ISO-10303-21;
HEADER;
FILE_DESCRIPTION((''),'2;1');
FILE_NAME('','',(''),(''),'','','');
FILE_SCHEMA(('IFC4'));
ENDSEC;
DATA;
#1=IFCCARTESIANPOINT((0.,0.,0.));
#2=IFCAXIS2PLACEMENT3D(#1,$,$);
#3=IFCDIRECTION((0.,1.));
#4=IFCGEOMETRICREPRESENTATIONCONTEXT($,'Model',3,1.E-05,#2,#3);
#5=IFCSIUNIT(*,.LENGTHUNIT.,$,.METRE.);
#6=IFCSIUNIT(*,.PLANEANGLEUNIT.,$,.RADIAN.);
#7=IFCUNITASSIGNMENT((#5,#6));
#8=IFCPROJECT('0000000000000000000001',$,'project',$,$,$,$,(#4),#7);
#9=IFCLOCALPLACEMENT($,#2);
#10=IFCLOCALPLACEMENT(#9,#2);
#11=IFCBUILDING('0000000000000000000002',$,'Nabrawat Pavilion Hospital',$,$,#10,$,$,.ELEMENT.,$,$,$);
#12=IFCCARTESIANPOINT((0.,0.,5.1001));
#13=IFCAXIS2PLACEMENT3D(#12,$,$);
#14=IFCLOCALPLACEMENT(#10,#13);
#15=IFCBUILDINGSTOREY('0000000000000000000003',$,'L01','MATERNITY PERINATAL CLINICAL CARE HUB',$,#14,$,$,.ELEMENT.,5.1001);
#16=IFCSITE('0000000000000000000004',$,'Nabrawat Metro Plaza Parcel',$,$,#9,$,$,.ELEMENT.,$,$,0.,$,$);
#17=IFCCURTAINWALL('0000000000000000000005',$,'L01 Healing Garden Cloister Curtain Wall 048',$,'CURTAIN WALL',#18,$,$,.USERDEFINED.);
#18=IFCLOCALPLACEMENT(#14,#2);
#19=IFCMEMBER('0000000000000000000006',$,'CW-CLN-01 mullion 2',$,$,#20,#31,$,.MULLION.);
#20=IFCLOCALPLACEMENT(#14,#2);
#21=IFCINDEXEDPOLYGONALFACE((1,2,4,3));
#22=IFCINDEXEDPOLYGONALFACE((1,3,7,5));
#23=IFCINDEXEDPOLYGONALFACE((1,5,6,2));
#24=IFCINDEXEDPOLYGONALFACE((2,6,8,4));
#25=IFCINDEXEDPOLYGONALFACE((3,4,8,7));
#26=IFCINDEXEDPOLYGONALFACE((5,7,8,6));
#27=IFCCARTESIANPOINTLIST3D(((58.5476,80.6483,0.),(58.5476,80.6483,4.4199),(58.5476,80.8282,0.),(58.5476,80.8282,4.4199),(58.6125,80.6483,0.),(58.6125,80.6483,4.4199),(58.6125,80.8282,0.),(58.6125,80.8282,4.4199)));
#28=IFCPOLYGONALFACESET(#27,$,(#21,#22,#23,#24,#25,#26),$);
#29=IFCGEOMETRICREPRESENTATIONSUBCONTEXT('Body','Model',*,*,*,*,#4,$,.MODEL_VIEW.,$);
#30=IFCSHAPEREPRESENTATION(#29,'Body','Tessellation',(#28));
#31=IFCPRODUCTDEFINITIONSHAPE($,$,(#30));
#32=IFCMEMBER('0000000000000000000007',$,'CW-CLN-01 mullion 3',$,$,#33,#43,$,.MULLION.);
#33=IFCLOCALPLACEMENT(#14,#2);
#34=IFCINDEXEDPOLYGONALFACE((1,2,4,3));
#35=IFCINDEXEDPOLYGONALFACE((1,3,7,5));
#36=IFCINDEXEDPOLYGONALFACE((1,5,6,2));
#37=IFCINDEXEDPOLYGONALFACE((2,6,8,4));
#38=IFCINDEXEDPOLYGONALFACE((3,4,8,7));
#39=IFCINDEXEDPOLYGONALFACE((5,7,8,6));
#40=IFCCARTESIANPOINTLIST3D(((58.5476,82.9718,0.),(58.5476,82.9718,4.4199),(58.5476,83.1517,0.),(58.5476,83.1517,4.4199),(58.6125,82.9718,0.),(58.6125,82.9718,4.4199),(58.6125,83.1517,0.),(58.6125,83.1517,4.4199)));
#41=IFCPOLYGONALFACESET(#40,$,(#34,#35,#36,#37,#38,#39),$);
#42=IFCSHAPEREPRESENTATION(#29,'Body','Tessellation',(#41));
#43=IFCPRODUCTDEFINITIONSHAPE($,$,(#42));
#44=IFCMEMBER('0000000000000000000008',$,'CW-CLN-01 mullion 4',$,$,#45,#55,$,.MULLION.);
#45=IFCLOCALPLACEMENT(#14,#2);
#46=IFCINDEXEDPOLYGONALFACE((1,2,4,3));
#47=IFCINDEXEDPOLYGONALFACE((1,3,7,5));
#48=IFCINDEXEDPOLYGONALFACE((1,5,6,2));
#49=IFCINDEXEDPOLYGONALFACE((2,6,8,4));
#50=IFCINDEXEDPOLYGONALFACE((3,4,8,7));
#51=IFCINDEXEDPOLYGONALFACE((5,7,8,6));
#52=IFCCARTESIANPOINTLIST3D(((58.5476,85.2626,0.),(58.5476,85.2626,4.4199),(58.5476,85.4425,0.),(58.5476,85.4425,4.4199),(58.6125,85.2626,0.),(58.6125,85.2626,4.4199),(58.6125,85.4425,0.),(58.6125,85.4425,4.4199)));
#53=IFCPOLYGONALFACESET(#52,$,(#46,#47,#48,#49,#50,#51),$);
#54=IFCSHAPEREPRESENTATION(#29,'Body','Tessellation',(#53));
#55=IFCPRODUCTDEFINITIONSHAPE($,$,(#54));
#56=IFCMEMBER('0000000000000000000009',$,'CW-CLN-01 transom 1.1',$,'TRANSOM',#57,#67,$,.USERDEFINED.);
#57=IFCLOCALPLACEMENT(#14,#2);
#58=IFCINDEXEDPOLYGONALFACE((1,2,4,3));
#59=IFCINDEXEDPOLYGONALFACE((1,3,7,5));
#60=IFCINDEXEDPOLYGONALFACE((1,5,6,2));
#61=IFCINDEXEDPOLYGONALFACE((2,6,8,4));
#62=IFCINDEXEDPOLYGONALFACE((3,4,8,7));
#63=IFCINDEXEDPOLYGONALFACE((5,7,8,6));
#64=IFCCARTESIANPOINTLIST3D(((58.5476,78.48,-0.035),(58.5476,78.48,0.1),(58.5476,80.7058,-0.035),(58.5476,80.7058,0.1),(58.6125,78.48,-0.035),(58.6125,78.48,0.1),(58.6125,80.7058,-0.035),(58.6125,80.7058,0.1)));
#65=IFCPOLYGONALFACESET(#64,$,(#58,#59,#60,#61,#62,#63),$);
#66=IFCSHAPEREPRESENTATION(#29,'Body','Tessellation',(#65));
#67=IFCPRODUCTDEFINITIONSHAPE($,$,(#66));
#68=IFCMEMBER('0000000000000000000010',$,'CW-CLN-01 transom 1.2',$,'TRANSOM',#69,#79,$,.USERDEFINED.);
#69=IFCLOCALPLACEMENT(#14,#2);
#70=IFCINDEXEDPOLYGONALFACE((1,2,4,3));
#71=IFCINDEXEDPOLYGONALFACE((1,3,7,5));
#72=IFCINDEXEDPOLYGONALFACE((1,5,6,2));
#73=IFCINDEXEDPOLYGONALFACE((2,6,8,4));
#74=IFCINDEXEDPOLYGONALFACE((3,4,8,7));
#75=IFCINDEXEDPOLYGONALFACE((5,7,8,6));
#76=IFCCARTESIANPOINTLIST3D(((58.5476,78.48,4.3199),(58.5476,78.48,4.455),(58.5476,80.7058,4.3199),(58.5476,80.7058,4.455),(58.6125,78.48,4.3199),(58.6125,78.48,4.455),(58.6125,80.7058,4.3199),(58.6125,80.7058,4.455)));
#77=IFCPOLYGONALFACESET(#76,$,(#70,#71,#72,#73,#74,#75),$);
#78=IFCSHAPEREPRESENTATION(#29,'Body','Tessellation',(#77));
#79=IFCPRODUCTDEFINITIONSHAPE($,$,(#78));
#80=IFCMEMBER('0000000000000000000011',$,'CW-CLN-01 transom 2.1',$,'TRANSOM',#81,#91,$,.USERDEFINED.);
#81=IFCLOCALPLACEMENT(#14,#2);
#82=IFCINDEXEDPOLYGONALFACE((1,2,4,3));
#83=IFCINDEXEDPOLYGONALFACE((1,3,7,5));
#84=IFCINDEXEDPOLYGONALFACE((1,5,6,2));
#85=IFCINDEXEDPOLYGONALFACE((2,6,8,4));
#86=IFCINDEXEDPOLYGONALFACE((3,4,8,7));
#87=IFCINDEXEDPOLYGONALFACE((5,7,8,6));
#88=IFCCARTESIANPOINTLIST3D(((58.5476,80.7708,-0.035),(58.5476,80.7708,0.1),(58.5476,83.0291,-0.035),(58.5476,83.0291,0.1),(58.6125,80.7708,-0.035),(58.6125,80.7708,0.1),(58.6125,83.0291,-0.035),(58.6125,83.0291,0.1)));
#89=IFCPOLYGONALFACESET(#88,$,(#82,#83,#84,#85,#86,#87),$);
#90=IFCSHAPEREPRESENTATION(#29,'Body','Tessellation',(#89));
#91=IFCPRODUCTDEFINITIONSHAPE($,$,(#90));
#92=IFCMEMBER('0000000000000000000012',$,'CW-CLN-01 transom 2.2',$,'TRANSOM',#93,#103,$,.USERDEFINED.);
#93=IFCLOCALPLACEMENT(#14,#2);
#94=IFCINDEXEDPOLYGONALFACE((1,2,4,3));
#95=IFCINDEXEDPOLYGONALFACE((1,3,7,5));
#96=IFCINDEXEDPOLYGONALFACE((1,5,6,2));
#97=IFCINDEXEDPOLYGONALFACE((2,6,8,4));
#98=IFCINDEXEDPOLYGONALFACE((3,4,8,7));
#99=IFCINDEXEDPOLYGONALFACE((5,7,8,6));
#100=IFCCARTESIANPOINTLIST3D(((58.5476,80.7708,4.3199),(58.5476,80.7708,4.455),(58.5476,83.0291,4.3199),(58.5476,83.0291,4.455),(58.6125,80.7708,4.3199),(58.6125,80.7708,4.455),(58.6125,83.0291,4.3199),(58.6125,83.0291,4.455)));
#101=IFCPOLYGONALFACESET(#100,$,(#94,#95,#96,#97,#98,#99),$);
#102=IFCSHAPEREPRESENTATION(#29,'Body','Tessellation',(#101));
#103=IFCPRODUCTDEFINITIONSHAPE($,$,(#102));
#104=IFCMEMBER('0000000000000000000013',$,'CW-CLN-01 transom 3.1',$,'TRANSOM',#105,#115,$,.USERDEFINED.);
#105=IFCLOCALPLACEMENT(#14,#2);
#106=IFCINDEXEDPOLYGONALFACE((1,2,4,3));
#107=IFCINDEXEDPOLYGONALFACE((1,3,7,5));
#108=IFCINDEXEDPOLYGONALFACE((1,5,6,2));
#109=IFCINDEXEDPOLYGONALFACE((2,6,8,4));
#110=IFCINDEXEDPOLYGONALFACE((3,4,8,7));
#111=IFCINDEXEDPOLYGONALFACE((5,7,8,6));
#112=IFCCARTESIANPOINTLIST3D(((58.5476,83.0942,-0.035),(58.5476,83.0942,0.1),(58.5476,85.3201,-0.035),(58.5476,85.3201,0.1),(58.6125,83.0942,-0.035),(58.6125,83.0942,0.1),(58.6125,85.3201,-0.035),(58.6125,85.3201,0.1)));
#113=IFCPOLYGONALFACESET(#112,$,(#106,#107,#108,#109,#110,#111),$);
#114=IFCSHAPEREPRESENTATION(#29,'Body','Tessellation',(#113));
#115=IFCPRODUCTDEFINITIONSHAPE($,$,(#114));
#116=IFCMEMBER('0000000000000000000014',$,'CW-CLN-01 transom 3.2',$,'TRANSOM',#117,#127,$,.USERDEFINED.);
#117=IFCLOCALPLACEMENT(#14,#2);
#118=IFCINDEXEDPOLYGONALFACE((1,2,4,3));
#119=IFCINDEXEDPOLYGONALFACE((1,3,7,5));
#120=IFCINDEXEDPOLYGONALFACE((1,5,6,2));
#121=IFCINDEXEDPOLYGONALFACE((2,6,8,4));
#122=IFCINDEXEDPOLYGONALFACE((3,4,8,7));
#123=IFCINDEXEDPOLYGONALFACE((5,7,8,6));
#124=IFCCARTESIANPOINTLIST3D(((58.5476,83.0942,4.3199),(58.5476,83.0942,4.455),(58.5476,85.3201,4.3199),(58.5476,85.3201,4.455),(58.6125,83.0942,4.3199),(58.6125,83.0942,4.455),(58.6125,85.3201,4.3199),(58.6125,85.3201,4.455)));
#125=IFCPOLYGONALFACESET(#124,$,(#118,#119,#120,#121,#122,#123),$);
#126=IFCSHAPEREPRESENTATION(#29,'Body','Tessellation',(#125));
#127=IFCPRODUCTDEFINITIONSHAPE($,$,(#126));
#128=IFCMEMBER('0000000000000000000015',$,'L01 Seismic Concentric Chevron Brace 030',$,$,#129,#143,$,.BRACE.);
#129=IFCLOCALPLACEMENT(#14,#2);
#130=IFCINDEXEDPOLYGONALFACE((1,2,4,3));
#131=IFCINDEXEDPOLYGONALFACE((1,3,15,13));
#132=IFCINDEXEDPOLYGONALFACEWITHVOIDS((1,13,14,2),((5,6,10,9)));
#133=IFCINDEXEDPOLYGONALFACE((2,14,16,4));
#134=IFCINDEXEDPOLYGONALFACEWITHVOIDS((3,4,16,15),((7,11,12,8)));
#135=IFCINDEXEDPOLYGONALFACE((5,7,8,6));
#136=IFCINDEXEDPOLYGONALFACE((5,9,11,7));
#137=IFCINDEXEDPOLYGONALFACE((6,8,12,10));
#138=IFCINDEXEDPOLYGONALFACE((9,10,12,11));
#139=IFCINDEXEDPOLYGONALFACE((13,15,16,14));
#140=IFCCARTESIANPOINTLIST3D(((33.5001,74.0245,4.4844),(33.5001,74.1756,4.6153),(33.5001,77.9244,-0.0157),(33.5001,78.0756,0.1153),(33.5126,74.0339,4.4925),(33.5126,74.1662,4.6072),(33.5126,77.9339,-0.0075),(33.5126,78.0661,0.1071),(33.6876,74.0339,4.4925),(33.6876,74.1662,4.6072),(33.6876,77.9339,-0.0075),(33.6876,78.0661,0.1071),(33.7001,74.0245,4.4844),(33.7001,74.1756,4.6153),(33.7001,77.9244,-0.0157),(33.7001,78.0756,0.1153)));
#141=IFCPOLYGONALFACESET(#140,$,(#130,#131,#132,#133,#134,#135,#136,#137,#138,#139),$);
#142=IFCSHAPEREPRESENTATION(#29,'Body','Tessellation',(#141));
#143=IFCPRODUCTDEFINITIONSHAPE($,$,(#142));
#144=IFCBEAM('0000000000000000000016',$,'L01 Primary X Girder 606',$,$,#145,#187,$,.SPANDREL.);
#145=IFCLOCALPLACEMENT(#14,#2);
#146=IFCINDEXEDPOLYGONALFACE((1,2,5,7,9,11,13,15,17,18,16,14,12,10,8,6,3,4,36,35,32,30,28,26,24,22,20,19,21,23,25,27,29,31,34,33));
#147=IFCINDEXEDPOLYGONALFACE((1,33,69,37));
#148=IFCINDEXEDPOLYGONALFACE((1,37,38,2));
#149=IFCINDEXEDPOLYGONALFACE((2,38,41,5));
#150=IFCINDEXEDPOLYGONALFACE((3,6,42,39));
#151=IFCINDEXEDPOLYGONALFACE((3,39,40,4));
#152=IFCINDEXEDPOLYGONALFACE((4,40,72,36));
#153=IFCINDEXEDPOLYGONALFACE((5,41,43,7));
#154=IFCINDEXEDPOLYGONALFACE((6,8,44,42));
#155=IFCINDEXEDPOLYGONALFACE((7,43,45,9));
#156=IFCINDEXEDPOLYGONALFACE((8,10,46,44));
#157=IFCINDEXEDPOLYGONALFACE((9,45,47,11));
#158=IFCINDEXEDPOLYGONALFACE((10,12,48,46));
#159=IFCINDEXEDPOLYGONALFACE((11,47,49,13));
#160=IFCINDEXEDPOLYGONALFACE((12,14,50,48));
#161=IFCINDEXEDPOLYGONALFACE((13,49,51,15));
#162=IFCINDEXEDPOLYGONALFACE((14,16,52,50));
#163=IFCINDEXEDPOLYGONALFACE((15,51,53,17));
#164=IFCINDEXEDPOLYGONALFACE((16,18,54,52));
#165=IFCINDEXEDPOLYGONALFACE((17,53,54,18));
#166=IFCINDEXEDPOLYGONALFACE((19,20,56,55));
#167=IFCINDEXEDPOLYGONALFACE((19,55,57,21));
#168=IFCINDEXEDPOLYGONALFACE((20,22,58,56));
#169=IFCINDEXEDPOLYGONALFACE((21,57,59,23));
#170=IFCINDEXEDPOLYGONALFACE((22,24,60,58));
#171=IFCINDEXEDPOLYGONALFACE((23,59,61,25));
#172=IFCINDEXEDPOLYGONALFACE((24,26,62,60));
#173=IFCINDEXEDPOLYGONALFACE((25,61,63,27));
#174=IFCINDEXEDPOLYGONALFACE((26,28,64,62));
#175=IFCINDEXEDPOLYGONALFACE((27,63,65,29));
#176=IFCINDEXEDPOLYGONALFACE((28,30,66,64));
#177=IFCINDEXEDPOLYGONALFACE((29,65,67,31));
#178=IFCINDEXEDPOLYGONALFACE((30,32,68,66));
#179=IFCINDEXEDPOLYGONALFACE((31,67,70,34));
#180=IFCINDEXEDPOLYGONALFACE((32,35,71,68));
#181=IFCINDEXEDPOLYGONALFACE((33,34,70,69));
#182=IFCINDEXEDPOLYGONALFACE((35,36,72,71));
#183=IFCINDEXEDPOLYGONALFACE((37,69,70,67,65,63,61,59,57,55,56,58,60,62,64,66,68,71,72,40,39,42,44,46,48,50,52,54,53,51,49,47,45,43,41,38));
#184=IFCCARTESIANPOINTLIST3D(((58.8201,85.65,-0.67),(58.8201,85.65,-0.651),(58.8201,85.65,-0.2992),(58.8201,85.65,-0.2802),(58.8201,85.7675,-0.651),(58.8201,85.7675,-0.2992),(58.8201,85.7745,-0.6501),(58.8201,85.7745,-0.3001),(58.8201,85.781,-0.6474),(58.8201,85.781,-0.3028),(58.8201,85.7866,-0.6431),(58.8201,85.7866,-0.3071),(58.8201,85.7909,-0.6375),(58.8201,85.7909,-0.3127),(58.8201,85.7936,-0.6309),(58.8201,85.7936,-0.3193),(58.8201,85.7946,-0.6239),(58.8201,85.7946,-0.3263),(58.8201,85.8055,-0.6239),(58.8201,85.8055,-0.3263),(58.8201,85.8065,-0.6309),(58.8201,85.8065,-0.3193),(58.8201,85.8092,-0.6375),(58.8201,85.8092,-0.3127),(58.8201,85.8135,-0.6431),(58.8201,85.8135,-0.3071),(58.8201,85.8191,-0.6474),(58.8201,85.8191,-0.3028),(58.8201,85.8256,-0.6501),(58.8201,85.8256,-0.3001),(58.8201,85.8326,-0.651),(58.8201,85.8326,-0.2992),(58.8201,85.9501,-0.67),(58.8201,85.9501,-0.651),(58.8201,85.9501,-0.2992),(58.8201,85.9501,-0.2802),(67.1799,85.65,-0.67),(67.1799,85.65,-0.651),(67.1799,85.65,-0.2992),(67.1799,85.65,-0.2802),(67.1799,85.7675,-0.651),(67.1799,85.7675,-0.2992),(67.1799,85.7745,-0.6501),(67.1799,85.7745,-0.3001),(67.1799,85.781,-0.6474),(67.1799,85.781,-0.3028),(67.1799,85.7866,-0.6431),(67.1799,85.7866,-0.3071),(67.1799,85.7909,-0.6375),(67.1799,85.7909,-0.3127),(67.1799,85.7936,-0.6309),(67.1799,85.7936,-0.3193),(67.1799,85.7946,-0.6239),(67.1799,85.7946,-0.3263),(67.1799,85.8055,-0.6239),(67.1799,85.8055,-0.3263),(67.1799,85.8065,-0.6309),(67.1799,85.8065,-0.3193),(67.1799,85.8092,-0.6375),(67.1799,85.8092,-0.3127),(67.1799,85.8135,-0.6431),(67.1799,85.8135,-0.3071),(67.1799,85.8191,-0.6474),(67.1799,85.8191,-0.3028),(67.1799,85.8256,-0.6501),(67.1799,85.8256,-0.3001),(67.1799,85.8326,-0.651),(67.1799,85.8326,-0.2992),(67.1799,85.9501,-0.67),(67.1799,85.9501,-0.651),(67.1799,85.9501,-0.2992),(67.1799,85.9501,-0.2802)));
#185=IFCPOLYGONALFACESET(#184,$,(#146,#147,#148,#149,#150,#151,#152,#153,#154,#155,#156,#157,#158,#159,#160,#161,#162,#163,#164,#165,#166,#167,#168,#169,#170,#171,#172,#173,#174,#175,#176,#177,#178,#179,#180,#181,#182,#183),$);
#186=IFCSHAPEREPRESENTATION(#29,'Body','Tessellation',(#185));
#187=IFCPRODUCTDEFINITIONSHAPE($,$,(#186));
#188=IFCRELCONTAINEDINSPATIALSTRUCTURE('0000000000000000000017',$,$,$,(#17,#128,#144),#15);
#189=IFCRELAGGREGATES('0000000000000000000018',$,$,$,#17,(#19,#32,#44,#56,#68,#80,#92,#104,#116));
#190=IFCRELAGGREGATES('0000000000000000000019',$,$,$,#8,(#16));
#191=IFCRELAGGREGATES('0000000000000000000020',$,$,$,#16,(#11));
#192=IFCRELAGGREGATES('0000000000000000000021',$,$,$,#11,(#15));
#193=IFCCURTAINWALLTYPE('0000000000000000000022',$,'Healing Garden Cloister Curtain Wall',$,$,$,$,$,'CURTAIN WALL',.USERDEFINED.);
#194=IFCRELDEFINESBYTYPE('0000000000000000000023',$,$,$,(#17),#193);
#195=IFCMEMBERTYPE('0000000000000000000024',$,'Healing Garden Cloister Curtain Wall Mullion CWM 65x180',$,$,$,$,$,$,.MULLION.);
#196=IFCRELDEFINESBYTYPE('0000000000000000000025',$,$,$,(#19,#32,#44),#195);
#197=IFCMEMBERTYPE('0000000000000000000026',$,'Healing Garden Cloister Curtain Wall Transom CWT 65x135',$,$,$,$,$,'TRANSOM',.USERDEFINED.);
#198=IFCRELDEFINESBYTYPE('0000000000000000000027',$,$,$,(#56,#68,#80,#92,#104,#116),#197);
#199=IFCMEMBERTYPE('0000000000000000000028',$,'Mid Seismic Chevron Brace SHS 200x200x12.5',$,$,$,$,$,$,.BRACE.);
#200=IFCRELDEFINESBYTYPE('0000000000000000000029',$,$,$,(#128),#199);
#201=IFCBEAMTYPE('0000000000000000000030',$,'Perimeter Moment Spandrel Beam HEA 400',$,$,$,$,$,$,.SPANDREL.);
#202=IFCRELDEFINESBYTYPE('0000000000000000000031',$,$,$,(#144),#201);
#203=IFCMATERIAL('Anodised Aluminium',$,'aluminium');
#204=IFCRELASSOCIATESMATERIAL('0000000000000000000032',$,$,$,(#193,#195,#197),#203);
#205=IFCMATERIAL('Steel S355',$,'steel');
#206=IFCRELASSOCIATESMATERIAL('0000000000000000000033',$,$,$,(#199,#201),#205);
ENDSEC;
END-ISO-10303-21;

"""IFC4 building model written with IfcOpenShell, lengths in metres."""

from ifc_helpers import new_model, si_unit, direction, frame, origin, origin_2d, place, context, subcontext, project, spatial, rectangle, hollow_rectangle, i_section, extrude, material, material_profile, profile_set, type_object, element, aggregate, save


model = new_model("IFC4")

# Units and contexts
model_context = context("Model", 3, precision=1e-05, world=origin(), true_north=direction((0.0, 1.0)))
body_context = subcontext(model_context, "Body", "Model", "MODEL_VIEW")
ifc_project = project(units=[si_unit("LENGTHUNIT", "METRE"), si_unit("PLANEANGLEUNIT", "RADIAN")], contexts=[model_context])

# Site, building, storey
site_placement = place(None, origin())
site = spatial("IfcSite", under=ifc_project, at=site_placement, Name="Nabrawat Metro Plaza Parcel", CompositionType="ELEMENT", RefElevation=0.0)
building_placement = place(site_placement, origin())
building = spatial("IfcBuilding", under=site, at=building_placement, Name="Nabrawat Pavilion Hospital", CompositionType="ELEMENT")
storey_placement = place(building_placement, frame((0.0, 0.0, 5.1001)))
storey = spatial("IfcBuildingStorey", under=building, at=storey_placement, Name="L01", Description="MATERNITY PERINATAL CLINICAL CARE HUB", CompositionType="ELEMENT", Elevation=5.1001)

# Shared definitions
ifc_material_1 = material(Name="Steel S355", Category="steel")

# Curtain wall, members
ifc_material_2 = material(Name="Anodised Aluminium", Category="aluminium")
curtain_wall_type = type_object("IfcCurtainWallType", Name="Healing Garden Cloister Curtain Wall", ElementType="CURTAIN WALL", PredefinedType="USERDEFINED", material=ifc_material_2)
curtain_wall_placement = place(storey_placement, origin())
curtain_wall = element("IfcCurtainWall", 1, at=curtain_wall_placement, inside=storey, type_object=curtain_wall_type, Name="L01 Healing Garden Cloister Curtain Wall 048", ObjectType="CURTAIN WALL", PredefinedType="USERDEFINED")
ifc_material_profile_1 = material_profile(ifc_material_2, rectangle(XDim=0.0649, YDim=0.1799, at=origin_2d()), Name="CWM 65x180")
ifc_profile_set_1 = profile_set([ifc_material_profile_1], Name="Anodised Aluminium")
member_type_1 = type_object("IfcMemberType", Name="Healing Garden Cloister Curtain Wall Mullion CWM 65x180", PredefinedType="MULLION", material=ifc_profile_set_1)
member_1_placement = place(storey_placement, frame((58.5801, 80.7383, 0.0), z_axis=(0.0, 0.0, 1.0), x_axis=(-1.0, 0.0, 0.0)))
member_1 = element("IfcMember", 2, at=member_1_placement, type_object=member_type_1, Name="CW-CLN-01 mullion 2", PredefinedType="MULLION", context=body_context, shape_type="SweptSolid", body=[
    extrude(rectangle(XDim=0.0649, YDim=0.1799, at=origin_2d()), origin(), (0.0, 0.0, 1.0), 4.4199),
])
member_2_placement = place(storey_placement, frame((58.5801, 83.0618, 0.0), z_axis=(0.0, 0.0, 1.0), x_axis=(-1.0, 0.0, 0.0)))
member_2 = element("IfcMember", 3, at=member_2_placement, type_object=member_type_1, Name="CW-CLN-01 mullion 3", PredefinedType="MULLION", context=body_context, shape_type="SweptSolid", body=[
    extrude(rectangle(XDim=0.0649, YDim=0.1799, at=origin_2d()), origin(), (0.0, 0.0, 1.0), 4.4199),
])
member_3_placement = place(storey_placement, frame((58.5801, 85.3525, 0.0), z_axis=(0.0, 0.0, 1.0), x_axis=(-1.0, 0.0, 0.0)))
member_3 = element("IfcMember", 4, at=member_3_placement, type_object=member_type_1, Name="CW-CLN-01 mullion 4", PredefinedType="MULLION", context=body_context, shape_type="SweptSolid", body=[
    extrude(rectangle(XDim=0.0649, YDim=0.1799, at=origin_2d()), origin(), (0.0, 0.0, 1.0), 4.4199),
])
ifc_material_profile_2 = material_profile(ifc_material_2, rectangle(XDim=0.0649, YDim=0.135, at=origin_2d()), Name="CWT 65x135")
ifc_profile_set_2 = profile_set([ifc_material_profile_2], Name="Anodised Aluminium")
member_type_2 = type_object("IfcMemberType", Name="Healing Garden Cloister Curtain Wall Transom CWT 65x135", ElementType="TRANSOM", PredefinedType="USERDEFINED", material=ifc_profile_set_2)
member_4_placement = place(storey_placement, frame((58.5801, 78.48, 0.0325), z_axis=(0.0, 1.0, 0.0), x_axis=(-1.0, 0.0, 0.0)))
member_4 = element("IfcMember", 5, at=member_4_placement, type_object=member_type_2, Name="CW-CLN-01 transom 1.1", ObjectType="TRANSOM", PredefinedType="USERDEFINED", context=body_context, shape_type="SweptSolid", body=[
    extrude(rectangle(XDim=0.0649, YDim=0.135, at=origin_2d()), origin(), (0.0, 0.0, 1.0), 2.2258),
])
member_5_placement = place(storey_placement, frame((58.5801, 78.48, 4.3875), z_axis=(0.0, 1.0, 0.0), x_axis=(-1.0, 0.0, 0.0)))
member_5 = element("IfcMember", 6, at=member_5_placement, type_object=member_type_2, Name="CW-CLN-01 transom 1.2", ObjectType="TRANSOM", PredefinedType="USERDEFINED", context=body_context, shape_type="SweptSolid", body=[
    extrude(rectangle(XDim=0.0649, YDim=0.135, at=origin_2d()), origin(), (0.0, 0.0, 1.0), 2.2258),
])
member_6_placement = place(storey_placement, frame((58.5801, 80.7708, 0.0325), z_axis=(0.0, 1.0, 0.0), x_axis=(-1.0, 0.0, 0.0)))
member_6 = element("IfcMember", 7, at=member_6_placement, type_object=member_type_2, Name="CW-CLN-01 transom 2.1", ObjectType="TRANSOM", PredefinedType="USERDEFINED", context=body_context, shape_type="SweptSolid", body=[
    extrude(rectangle(XDim=0.0649, YDim=0.135, at=origin_2d()), origin(), (0.0, 0.0, 1.0), 2.2583),
])
member_7_placement = place(storey_placement, frame((58.5801, 80.7708, 4.3875), z_axis=(0.0, 1.0, 0.0), x_axis=(-1.0, 0.0, 0.0)))
member_7 = element("IfcMember", 8, at=member_7_placement, type_object=member_type_2, Name="CW-CLN-01 transom 2.2", ObjectType="TRANSOM", PredefinedType="USERDEFINED", context=body_context, shape_type="SweptSolid", body=[
    extrude(rectangle(XDim=0.0649, YDim=0.135, at=origin_2d()), origin(), (0.0, 0.0, 1.0), 2.2583),
])
member_8_placement = place(storey_placement, frame((58.5801, 83.0942, 0.0325), z_axis=(0.0, 1.0, 0.0), x_axis=(-1.0, 0.0, 0.0)))
member_8 = element("IfcMember", 9, at=member_8_placement, type_object=member_type_2, Name="CW-CLN-01 transom 3.1", ObjectType="TRANSOM", PredefinedType="USERDEFINED", context=body_context, shape_type="SweptSolid", body=[
    extrude(rectangle(XDim=0.0649, YDim=0.135, at=origin_2d()), origin(), (0.0, 0.0, 1.0), 2.2258),
])
member_9_placement = place(storey_placement, frame((58.5801, 83.0942, 4.3875), z_axis=(0.0, 1.0, 0.0), x_axis=(-1.0, 0.0, 0.0)))
member_9 = element("IfcMember", 10, at=member_9_placement, type_object=member_type_2, Name="CW-CLN-01 transom 3.2", ObjectType="TRANSOM", PredefinedType="USERDEFINED", context=body_context, shape_type="SweptSolid", body=[
    extrude(rectangle(XDim=0.0649, YDim=0.135, at=origin_2d()), origin(), (0.0, 0.0, 1.0), 2.2258),
])

# Member
ifc_material_profile_3 = material_profile(ifc_material_1, hollow_rectangle(XDim=0.2, YDim=0.2, WallThickness=0.0125, at=origin_2d()), Name="SHS 200x200x12.5")
ifc_profile_set_3 = profile_set([ifc_material_profile_3], Name="Steel S355")
member_type_3 = type_object("IfcMemberType", Name="Mid Seismic Chevron Brace SHS 200x200x12.5", PredefinedType="BRACE", material=ifc_profile_set_3)
member_10_placement = place(storey_placement, frame((33.6001, 78.0, 0.0498), z_axis=(0.0, -0.654921, 0.755697), x_axis=(1.0, 0.0, 0.0)))
element("IfcMember", 11, at=member_10_placement, inside=storey, type_object=member_type_3, Name="L01 Seismic Concentric Chevron Brace 030", PredefinedType="BRACE", context=body_context, shape_type="SweptSolid", body=[
    extrude(hollow_rectangle(XDim=0.2, YDim=0.2, WallThickness=0.0125, at=origin_2d()), origin(), (0.0, 0.0, 1.0), 5.9548),
])

# Beam
ifc_material_profile_4 = material_profile(ifc_material_1, i_section(OverallWidth=0.3, OverallDepth=0.3899, WebThickness=0.011, FlangeThickness=0.019, FilletRadius=0.0271, at=origin_2d()), Name="HEA 400")
ifc_profile_set_4 = profile_set([ifc_material_profile_4], Name="Steel S355")
beam_type_1 = type_object("IfcBeamType", Name="Perimeter Moment Spandrel Beam HEA 400", PredefinedType="SPANDREL", material=ifc_profile_set_4)
beam_1_placement = place(storey_placement, frame((58.8201, 85.8, -0.4751), z_axis=(1.0, 0.0, 0.0), x_axis=(0.0, 1.0, 0.0)))
element("IfcBeam", 12, at=beam_1_placement, inside=storey, type_object=beam_type_1, Name="L01 Primary X Girder 606", PredefinedType="SPANDREL", context=body_context, shape_type="SweptSolid", body=[
    extrude(i_section(OverallWidth=0.3, OverallDepth=0.3899, WebThickness=0.011, FlangeThickness=0.019, FilletRadius=0.0271, at=origin_2d()), origin(), (0.0, 0.0, 1.0), 8.3599),
])

aggregate(curtain_wall, [member_1, member_2, member_3, member_4, member_5, member_6, member_7, member_8, member_9])

save(model, "model.ifc")
